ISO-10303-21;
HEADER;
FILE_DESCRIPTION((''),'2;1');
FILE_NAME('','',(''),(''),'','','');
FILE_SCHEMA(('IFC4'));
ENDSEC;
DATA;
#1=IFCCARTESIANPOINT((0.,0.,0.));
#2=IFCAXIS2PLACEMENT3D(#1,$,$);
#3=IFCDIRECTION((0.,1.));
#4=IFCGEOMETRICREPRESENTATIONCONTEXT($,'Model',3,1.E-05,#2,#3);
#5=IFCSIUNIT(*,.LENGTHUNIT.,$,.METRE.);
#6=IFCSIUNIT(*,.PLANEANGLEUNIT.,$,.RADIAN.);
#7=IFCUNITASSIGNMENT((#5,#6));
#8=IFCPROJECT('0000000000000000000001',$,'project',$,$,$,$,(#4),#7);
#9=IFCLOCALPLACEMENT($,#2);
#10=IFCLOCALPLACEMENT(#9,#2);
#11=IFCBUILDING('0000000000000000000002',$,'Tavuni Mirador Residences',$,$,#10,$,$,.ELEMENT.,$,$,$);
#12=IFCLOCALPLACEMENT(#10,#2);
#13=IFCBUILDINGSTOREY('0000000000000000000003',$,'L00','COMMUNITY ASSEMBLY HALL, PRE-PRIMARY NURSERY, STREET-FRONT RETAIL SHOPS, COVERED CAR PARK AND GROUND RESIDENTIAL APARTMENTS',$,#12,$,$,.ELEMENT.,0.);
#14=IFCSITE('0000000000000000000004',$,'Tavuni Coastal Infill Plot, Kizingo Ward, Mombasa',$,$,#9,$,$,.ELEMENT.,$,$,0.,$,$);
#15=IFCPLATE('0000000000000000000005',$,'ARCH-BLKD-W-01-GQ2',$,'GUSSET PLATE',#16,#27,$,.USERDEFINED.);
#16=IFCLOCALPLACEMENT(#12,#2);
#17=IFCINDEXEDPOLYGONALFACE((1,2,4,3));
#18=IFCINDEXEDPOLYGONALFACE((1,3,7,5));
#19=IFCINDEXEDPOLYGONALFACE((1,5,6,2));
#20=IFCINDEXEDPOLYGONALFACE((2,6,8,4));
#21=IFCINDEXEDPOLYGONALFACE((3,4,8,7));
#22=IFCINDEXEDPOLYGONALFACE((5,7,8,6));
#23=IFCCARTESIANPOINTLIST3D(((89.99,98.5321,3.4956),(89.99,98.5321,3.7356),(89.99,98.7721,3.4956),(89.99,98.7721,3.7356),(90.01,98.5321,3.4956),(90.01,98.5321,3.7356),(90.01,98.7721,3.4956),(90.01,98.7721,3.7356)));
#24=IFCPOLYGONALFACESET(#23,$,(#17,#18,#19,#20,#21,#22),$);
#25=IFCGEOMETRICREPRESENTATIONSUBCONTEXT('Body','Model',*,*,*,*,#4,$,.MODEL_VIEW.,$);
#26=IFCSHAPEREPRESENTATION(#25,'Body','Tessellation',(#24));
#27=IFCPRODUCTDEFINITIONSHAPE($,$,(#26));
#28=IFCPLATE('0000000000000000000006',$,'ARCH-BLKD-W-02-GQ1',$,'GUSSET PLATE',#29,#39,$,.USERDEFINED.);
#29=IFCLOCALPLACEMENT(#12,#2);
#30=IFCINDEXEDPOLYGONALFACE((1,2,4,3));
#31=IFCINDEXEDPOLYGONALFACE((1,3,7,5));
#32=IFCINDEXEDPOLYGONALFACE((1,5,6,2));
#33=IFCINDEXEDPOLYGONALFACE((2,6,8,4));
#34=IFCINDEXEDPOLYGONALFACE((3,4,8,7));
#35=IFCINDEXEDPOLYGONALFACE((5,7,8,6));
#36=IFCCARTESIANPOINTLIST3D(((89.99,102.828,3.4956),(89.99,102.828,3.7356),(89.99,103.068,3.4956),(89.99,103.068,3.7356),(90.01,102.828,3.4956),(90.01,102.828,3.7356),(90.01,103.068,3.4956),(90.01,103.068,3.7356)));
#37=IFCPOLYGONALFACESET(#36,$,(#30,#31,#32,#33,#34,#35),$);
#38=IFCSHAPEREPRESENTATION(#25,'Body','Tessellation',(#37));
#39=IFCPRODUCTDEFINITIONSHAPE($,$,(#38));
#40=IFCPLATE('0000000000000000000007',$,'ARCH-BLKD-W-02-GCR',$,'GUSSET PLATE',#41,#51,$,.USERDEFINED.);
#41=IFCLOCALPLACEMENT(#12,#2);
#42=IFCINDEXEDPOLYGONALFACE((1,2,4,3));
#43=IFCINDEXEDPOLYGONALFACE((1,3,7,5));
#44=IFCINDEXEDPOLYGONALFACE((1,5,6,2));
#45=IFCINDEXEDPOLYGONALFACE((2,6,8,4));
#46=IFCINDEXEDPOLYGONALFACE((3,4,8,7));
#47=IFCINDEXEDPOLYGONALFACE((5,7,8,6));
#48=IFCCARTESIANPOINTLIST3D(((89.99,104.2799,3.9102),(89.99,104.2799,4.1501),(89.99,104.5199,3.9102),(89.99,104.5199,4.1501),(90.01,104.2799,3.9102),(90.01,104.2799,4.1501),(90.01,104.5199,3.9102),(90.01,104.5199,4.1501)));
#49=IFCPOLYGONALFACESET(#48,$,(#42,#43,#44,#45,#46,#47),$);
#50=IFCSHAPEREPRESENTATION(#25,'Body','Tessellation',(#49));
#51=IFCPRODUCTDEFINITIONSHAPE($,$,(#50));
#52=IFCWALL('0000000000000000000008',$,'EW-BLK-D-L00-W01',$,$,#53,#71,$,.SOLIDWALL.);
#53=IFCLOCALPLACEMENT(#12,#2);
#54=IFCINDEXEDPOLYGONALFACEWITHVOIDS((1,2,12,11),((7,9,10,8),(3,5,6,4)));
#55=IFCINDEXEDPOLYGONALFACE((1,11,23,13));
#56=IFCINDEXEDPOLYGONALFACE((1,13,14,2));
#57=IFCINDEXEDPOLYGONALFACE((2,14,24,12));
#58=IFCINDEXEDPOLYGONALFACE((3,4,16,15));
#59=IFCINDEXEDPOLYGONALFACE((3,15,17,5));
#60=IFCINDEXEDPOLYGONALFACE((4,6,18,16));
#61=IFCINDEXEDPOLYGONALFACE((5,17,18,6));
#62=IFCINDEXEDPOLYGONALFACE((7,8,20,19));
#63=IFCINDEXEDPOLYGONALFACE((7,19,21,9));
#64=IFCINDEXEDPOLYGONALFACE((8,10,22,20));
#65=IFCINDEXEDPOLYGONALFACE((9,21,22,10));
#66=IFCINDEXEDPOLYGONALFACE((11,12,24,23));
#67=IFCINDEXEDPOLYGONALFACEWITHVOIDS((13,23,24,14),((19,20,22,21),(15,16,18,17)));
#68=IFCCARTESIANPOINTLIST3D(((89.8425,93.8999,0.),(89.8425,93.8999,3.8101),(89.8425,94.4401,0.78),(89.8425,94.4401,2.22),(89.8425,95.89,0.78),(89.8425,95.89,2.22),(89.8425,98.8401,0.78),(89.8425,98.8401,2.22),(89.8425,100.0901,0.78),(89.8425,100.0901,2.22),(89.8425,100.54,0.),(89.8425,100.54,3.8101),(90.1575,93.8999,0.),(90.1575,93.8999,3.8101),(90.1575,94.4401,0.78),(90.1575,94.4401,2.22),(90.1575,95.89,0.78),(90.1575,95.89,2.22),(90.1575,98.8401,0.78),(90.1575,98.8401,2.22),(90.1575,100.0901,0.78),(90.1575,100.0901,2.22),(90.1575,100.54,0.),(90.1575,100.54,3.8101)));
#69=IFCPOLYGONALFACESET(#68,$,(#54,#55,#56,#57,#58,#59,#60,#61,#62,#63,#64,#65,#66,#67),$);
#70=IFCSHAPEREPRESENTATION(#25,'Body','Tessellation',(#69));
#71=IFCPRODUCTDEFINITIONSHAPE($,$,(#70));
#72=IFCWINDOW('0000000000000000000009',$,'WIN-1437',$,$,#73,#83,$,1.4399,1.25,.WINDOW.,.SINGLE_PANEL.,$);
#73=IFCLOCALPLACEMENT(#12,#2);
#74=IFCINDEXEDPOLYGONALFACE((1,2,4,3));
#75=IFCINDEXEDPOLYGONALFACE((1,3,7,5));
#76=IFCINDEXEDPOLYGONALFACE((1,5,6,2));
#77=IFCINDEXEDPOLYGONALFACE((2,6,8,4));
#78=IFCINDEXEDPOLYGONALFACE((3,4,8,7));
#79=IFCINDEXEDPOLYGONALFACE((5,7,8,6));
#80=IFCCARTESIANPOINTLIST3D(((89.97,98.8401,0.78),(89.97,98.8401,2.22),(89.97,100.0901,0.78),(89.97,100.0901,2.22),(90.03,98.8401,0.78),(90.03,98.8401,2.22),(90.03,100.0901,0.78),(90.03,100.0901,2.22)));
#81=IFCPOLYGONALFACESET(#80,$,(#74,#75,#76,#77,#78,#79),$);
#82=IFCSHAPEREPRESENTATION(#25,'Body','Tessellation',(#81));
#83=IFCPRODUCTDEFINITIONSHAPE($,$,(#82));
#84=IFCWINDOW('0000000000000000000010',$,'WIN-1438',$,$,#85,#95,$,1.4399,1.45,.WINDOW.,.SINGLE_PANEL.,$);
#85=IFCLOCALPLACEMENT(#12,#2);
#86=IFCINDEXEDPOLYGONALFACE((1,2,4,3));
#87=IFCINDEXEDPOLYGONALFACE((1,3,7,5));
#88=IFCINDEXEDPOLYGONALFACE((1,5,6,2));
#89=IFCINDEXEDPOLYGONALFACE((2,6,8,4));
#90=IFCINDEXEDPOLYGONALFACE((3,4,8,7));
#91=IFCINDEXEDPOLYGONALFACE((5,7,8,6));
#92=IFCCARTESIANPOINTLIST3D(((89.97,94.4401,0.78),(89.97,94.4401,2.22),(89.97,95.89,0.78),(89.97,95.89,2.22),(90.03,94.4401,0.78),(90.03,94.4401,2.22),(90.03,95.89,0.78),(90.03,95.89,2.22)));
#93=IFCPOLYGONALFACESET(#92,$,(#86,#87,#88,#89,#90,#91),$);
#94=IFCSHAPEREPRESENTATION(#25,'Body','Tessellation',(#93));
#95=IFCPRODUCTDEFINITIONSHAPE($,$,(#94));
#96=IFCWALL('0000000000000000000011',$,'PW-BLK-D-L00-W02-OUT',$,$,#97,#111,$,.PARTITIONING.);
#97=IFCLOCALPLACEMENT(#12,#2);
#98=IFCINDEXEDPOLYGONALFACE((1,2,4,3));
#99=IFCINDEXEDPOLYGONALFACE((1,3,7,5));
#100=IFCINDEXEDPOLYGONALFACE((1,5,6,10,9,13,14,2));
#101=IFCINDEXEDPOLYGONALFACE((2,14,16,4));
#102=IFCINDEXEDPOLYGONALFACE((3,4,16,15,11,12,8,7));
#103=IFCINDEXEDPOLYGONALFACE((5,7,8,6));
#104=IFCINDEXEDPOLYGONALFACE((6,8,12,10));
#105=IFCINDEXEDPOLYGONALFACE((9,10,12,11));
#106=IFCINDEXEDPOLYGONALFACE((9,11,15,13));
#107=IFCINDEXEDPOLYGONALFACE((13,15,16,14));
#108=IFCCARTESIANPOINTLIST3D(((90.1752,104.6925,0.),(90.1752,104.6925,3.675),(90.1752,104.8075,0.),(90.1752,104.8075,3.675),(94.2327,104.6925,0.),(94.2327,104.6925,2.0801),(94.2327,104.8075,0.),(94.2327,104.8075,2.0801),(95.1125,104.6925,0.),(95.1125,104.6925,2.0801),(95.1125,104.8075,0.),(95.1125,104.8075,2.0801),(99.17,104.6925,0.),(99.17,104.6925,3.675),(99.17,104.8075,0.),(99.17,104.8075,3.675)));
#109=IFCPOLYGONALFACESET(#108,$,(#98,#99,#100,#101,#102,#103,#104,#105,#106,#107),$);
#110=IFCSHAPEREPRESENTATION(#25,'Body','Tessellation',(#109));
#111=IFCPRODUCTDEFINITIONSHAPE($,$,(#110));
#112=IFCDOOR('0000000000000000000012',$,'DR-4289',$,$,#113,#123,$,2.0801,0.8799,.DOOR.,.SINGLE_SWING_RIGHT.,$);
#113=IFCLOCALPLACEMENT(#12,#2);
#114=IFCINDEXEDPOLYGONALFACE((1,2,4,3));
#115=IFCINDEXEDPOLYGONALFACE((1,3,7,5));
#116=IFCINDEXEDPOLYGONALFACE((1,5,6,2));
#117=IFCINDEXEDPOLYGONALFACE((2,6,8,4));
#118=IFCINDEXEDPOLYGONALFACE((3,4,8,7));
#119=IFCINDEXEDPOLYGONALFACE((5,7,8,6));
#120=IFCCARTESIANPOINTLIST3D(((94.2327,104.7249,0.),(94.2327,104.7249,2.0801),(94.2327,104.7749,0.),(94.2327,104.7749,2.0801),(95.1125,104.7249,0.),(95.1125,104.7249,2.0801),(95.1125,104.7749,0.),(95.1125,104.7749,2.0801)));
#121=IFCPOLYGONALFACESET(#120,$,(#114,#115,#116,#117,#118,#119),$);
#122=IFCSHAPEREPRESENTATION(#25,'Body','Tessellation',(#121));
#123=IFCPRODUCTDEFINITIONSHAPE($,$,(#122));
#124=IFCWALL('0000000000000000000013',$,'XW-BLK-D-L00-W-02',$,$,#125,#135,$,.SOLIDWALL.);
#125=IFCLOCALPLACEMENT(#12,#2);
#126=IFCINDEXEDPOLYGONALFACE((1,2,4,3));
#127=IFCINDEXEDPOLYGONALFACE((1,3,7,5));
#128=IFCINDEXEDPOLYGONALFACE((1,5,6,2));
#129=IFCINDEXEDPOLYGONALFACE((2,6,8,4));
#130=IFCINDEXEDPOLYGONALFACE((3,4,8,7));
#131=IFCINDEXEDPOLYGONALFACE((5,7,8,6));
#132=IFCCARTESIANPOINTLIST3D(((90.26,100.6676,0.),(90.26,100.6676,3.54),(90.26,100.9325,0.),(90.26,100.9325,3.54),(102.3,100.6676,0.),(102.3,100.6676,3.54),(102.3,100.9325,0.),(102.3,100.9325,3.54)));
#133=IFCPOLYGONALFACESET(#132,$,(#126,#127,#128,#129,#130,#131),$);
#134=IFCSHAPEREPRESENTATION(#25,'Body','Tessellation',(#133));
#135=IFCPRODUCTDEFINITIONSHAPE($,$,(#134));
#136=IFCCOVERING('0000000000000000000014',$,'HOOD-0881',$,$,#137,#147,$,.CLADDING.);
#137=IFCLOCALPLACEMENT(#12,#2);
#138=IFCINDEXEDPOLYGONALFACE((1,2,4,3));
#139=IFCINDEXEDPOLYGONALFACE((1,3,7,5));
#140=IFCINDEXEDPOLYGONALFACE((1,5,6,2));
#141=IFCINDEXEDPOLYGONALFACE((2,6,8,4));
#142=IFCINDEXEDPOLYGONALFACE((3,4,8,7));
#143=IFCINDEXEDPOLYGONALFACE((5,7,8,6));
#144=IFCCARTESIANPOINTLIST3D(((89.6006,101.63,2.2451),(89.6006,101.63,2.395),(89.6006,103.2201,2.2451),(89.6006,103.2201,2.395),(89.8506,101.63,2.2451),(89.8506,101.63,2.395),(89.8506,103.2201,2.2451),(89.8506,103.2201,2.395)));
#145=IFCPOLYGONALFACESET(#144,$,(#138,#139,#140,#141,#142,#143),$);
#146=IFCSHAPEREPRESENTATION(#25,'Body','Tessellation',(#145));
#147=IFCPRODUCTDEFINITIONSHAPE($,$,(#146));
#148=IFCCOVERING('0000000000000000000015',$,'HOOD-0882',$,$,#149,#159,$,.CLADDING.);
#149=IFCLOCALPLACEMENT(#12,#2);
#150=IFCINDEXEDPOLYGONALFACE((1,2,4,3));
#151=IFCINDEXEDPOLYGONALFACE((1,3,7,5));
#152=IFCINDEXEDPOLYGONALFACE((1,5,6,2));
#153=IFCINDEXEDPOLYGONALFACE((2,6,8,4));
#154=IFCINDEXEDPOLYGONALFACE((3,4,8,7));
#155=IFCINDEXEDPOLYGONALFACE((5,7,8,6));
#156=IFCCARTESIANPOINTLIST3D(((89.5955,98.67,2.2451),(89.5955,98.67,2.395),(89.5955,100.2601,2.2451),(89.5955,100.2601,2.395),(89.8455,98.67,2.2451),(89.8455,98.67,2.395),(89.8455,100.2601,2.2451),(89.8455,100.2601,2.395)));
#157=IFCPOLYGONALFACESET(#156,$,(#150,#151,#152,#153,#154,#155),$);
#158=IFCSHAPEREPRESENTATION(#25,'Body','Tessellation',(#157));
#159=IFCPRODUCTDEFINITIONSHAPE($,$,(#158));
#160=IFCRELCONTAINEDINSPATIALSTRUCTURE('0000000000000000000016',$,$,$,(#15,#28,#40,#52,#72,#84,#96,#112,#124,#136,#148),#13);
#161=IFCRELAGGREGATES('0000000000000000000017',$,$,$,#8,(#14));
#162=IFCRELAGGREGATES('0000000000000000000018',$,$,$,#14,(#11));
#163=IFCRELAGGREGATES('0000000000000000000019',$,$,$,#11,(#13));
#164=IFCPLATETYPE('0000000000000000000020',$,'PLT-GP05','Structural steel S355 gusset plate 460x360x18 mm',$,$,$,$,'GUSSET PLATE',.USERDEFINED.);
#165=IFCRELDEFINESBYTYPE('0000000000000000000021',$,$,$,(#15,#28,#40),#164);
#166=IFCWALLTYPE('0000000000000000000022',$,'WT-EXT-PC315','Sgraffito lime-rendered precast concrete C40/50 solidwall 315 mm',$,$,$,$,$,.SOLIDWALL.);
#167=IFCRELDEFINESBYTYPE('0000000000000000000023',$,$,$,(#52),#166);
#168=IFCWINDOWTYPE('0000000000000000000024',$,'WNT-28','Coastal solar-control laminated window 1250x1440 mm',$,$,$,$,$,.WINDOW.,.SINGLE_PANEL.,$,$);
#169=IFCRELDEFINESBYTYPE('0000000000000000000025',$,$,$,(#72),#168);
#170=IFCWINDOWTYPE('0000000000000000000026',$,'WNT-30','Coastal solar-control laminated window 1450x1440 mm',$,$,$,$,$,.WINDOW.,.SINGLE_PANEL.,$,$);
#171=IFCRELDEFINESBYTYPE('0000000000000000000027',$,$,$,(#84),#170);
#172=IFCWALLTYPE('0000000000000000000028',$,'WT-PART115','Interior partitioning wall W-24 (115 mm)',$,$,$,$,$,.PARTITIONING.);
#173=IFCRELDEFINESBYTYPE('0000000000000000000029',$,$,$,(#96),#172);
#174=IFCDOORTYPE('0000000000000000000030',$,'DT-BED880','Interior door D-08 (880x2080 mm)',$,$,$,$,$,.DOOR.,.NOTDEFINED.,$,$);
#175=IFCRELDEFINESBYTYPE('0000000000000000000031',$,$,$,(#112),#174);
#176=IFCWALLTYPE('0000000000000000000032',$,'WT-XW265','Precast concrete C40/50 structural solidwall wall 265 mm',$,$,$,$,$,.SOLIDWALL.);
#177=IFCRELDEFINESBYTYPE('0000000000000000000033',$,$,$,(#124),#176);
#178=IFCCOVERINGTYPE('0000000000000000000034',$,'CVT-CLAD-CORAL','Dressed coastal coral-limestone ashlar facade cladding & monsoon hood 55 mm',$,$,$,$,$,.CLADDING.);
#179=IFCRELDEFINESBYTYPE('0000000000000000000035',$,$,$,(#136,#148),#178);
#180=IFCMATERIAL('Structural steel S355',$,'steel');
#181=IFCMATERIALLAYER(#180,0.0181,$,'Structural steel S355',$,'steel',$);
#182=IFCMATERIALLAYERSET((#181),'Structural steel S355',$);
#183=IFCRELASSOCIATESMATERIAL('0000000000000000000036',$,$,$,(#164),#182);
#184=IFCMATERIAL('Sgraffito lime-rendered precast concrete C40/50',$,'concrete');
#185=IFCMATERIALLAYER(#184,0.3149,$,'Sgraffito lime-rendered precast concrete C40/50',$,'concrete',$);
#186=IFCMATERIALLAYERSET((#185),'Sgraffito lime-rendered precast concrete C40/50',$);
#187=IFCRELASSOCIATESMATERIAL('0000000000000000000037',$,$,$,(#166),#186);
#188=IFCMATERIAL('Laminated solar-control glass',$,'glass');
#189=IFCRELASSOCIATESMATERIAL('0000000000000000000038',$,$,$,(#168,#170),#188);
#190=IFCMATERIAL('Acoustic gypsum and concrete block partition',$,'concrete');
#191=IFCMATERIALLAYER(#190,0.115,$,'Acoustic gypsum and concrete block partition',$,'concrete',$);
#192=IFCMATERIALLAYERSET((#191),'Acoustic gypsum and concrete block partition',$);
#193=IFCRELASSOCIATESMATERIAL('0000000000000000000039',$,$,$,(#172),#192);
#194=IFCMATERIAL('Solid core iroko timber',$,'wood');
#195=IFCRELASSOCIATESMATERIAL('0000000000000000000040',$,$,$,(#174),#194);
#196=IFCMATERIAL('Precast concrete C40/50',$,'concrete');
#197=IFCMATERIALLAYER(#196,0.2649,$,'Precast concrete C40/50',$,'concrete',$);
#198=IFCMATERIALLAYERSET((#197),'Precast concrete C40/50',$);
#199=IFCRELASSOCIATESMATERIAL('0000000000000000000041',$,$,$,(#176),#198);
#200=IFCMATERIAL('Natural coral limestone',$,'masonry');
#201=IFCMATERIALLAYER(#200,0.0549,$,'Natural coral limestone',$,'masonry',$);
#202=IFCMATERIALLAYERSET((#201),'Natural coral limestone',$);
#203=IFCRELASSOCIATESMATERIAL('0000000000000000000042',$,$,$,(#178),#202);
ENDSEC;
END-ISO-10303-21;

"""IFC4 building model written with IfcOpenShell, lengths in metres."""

from ifc_helpers import new_model, si_unit, direction, frame, frame_2d, origin, origin_2d, place, context, subcontext, project, spatial, rectangle, extrude, material, layer, layer_set, type_object, element, fill, save


model = new_model("IFC4")

# Units and contexts
model_context = context("Model", 3, precision=1e-05, world=origin(), true_north=direction((0.0, 1.0)))
body_context = subcontext(model_context, "Body", "Model", "MODEL_VIEW")
ifc_project = project(units=[si_unit("LENGTHUNIT", "METRE"), si_unit("PLANEANGLEUNIT", "RADIAN")], contexts=[model_context])

# Site, building, storey
site_placement = place(None, origin())
site = spatial("IfcSite", under=ifc_project, at=site_placement, Name="Tavuni Coastal Infill Plot, Kizingo Ward, Mombasa", CompositionType="ELEMENT", RefElevation=0.0)
building_placement = place(site_placement, origin())
building = spatial("IfcBuilding", under=site, at=building_placement, Name="Tavuni Mirador Residences", CompositionType="ELEMENT")
storey_placement = place(building_placement, origin())
storey = spatial("IfcBuildingStorey", under=building, at=storey_placement, Name="L00", Description="COMMUNITY ASSEMBLY HALL, PRE-PRIMARY NURSERY, STREET-FRONT RETAIL SHOPS, COVERED CAR PARK AND GROUND RESIDENTIAL APARTMENTS", CompositionType="ELEMENT", Elevation=0.0)

# Shared definitions
ifc_material_1 = material(Name="Precast concrete C40/50", Category="concrete")

# Shared definitions
ifc_material_2 = material(Name="Structural steel S355", Category="steel")

# Plates
ifc_layer_1 = layer(ifc_material_2, 0.0181, Name="Structural steel S355", Category="steel")
ifc_layer_set_1 = layer_set([ifc_layer_1], Name="Structural steel S355")
plate_type = type_object("IfcPlateType", Name="PLT-GP05", Description="Structural steel S355 gusset plate 460x360x18 mm", ElementType="GUSSET PLATE", PredefinedType="USERDEFINED", material=ifc_layer_set_1)
for number, where, z_axis, x_axis, name in (
    (1, (90.0, 98.6521, 3.4956), (0.0, 0.0, 1.0), (1.0, 0.0, 0.0), "ARCH-BLKD-W-01-GQ2"),
    (2, (90.0, 102.948, 3.4956), (0.0, 0.0, 1.0), (1.0, 0.0, 0.0), "ARCH-BLKD-W-02-GQ1"),
    (3, (90.0, 104.3999, 3.9102), (0.0, 0.0, 1.0), (1.0, 0.0, 0.0), "ARCH-BLKD-W-02-GCR"),
):
    element("IfcPlate", number, at=place(storey_placement, frame(where, z_axis=z_axis, x_axis=x_axis)), inside=storey, type_object=plate_type, Name=name, ObjectType="GUSSET PLATE", PredefinedType="USERDEFINED", context=body_context, shape_type="SweptSolid", body=[
        extrude(rectangle(XDim=0.02, YDim=0.24, at=origin_2d()), origin(), (0.0, 0.0, 1.0), 0.24),
    ])

# Wall, openings, windows
ifc_material_3 = material(Name="Sgraffito lime-rendered precast concrete C40/50", Category="concrete")
ifc_layer_2 = layer(ifc_material_3, 0.3149, Name="Sgraffito lime-rendered precast concrete C40/50", Category="concrete")
ifc_layer_set_2 = layer_set([ifc_layer_2], Name="Sgraffito lime-rendered precast concrete C40/50")
wall_type_1 = type_object("IfcWallType", Name="WT-EXT-PC315", Description="Sgraffito lime-rendered precast concrete C40/50 solidwall 315 mm", PredefinedType="SOLIDWALL", material=ifc_layer_set_2)
wall_1_placement = place(storey_placement, frame((90.0, 100.54, 0.0), z_axis=(0.0, 0.0, 1.0), x_axis=(0.0, -1.0, 0.0)))
wall_1 = element("IfcWall", 4, at=wall_1_placement, inside=storey, type_object=wall_type_1, Name="EW-BLK-D-L00-W01", PredefinedType="SOLIDWALL", context=body_context, shape_type="SweptSolid", body=[
    extrude(rectangle(XDim=6.6401, YDim=0.3149, at=frame_2d((3.3201, 0.0))), origin(), (0.0, 0.0, 1.0), 3.8101),
])
opening_1_placement = place(wall_1_placement, frame((0.45, 0.0, 0.78)))
opening_1 = element("IfcOpeningElement", 5, at=opening_1_placement, cuts=wall_1, PredefinedType="OPENING", context=body_context, shape_type="SweptSolid", body=[
    extrude(rectangle(XDim=1.25, YDim=1.4399, at=frame_2d((0.625, 0.72))), frame((0.0, 0.1675, 0.0), z_axis=(0.0, -1.0, 0.0), x_axis=(1.0, 0.0, 0.0)), (0.0, 0.0, 1.0), 0.335),
])
opening_2_placement = place(wall_1_placement, frame((4.6499, 0.0, 0.78)))
opening_2 = element("IfcOpeningElement", 6, at=opening_2_placement, cuts=wall_1, PredefinedType="OPENING", context=body_context, shape_type="SweptSolid", body=[
    extrude(rectangle(XDim=1.45, YDim=1.4399, at=frame_2d((0.7251, 0.72))), frame((0.0, 0.1675, 0.0), z_axis=(0.0, -1.0, 0.0), x_axis=(1.0, 0.0, 0.0)), (0.0, 0.0, 1.0), 0.335),
])
ifc_material_4 = material(Name="Laminated solar-control glass", Category="glass")
window_type_1 = type_object("IfcWindowType", Name="WNT-28", Description="Coastal solar-control laminated window 1250x1440 mm", PartitioningType="SINGLE_PANEL", PredefinedType="WINDOW", material=ifc_material_4)
window_1_placement = place(opening_1_placement, origin())
window_1 = element("IfcWindow", 7, at=window_1_placement, inside=storey, type_object=window_type_1, Name="WIN-1437", OverallHeight=1.4399, OverallWidth=1.25, PartitioningType="SINGLE_PANEL", PredefinedType="WINDOW", context=body_context, shape_type="SweptSolid", body=[
    extrude(rectangle(XDim=1.25, YDim=1.4399, at=frame_2d((0.625, 0.72))), frame((0.0, 0.03, 0.0), z_axis=(0.0, -1.0, 0.0), x_axis=(1.0, 0.0, 0.0)), (0.0, 0.0, 1.0), 0.0601),
])
fill(opening_1, window_1)
window_type_2 = type_object("IfcWindowType", Name="WNT-30", Description="Coastal solar-control laminated window 1450x1440 mm", PartitioningType="SINGLE_PANEL", PredefinedType="WINDOW", material=ifc_material_4)
window_2_placement = place(opening_2_placement, origin())
window_2 = element("IfcWindow", 8, at=window_2_placement, inside=storey, type_object=window_type_2, Name="WIN-1438", OverallHeight=1.4399, OverallWidth=1.45, PartitioningType="SINGLE_PANEL", PredefinedType="WINDOW", context=body_context, shape_type="SweptSolid", body=[
    extrude(rectangle(XDim=1.45, YDim=1.4399, at=frame_2d((0.7251, 0.72))), frame((0.0, 0.03, 0.0), z_axis=(0.0, -1.0, 0.0), x_axis=(1.0, 0.0, 0.0)), (0.0, 0.0, 1.0), 0.0601),
])
fill(opening_2, window_2)

# Wall, opening, door
ifc_material_5 = material(Name="Acoustic gypsum and concrete block partition", Category="concrete")
ifc_layer_3 = layer(ifc_material_5, 0.115, Name="Acoustic gypsum and concrete block partition", Category="concrete")
ifc_layer_set_3 = layer_set([ifc_layer_3], Name="Acoustic gypsum and concrete block partition")
wall_type_2 = type_object("IfcWallType", Name="WT-PART115", Description="Interior partitioning wall W-24 (115 mm)", PredefinedType="PARTITIONING", material=ifc_layer_set_3)
wall_2_placement = place(storey_placement, frame((90.175, 104.75, 0.0), z_axis=(0.0, 0.0, 1.0), x_axis=(1.0, 0.0, 0.0)))
wall_2 = element("IfcWall", 9, at=wall_2_placement, inside=storey, type_object=wall_type_2, Name="PW-BLK-D-L00-W02-OUT", PredefinedType="PARTITIONING", context=body_context, shape_type="SweptSolid", body=[
    extrude(rectangle(XDim=8.9949, YDim=0.115, at=frame_2d((4.4976, 0.0))), origin(), (0.0, 0.0, 1.0), 3.675),
])
opening_3_placement = place(wall_2_placement, frame((4.0576, 0.0, 0.0)))
opening_3 = element("IfcOpeningElement", 10, at=opening_3_placement, cuts=wall_2, PredefinedType="OPENING", context=body_context, shape_type="SweptSolid", body=[
    extrude(rectangle(XDim=0.8799, YDim=2.0801, at=frame_2d((0.4399, 1.04))), frame((0.0, 0.0674, 0.0), z_axis=(0.0, -1.0, 0.0), x_axis=(1.0, 0.0, 0.0)), (0.0, 0.0, 1.0), 0.135),
])
ifc_material_6 = material(Name="Solid core iroko timber", Category="wood")
door_type = type_object("IfcDoorType", Name="DT-BED880", Description="Interior door D-08 (880x2080 mm)", OperationType="NOTDEFINED", PredefinedType="DOOR", material=ifc_material_6)
door_placement = place(opening_3_placement, origin())
door = element("IfcDoor", 11, at=door_placement, inside=storey, type_object=door_type, Name="DR-4289", OperationType="SINGLE_SWING_RIGHT", OverallHeight=2.0801, OverallWidth=0.8799, PredefinedType="DOOR", context=body_context, shape_type="SweptSolid", body=[
    extrude(rectangle(XDim=0.8799, YDim=2.0801, at=frame_2d((0.4399, 1.04))), frame((0.0, 0.0249, 0.0), z_axis=(0.0, -1.0, 0.0), x_axis=(1.0, 0.0, 0.0)), (0.0, 0.0, 1.0), 0.05),
])
fill(opening_3, door)

# Wall
ifc_layer_4 = layer(ifc_material_1, 0.2649, Name="Precast concrete C40/50", Category="concrete")
ifc_layer_set_4 = layer_set([ifc_layer_4], Name="Precast concrete C40/50")
wall_type_3 = type_object("IfcWallType", Name="WT-XW265", Description="Precast concrete C40/50 structural solidwall wall 265 mm", PredefinedType="SOLIDWALL", material=ifc_layer_set_4)
wall_3_placement = place(storey_placement, frame((90.26, 100.8, 0.0), z_axis=(0.0, 0.0, 1.0), x_axis=(1.0, 0.0, 0.0)))
element("IfcWall", 12, at=wall_3_placement, inside=storey, type_object=wall_type_3, Name="XW-BLK-D-L00-W-02", PredefinedType="SOLIDWALL", context=body_context, shape_type="SweptSolid", body=[
    extrude(rectangle(XDim=12.04, YDim=0.2649, at=frame_2d((6.02, 0.0))), origin(), (0.0, 0.0, 1.0), 3.54),
])

# Coverings
ifc_material_7 = material(Name="Natural coral limestone", Category="masonry")
ifc_layer_5 = layer(ifc_material_7, 0.0549, Name="Natural coral limestone", Category="masonry")
ifc_layer_set_5 = layer_set([ifc_layer_5], Name="Natural coral limestone")
covering_type = type_object("IfcCoveringType", Name="CVT-CLAD-CORAL", Description="Dressed coastal coral-limestone ashlar facade cladding & monsoon hood 55 mm", PredefinedType="CLADDING", material=ifc_layer_set_5)
for number, where, z_axis, x_axis, name in (
    (13, (89.7256, 102.425, 2.2451), (0.0, 0.0, 1.0), (0.0, -1.0, 0.0), "HOOD-0881"),
    (14, (89.7205, 99.4651, 2.2451), (0.0, 0.0, 1.0), (0.0, -1.0, 0.0), "HOOD-0882"),
):
    element("IfcCovering", number, at=place(storey_placement, frame(where, z_axis=z_axis, x_axis=x_axis)), inside=storey, type_object=covering_type, Name=name, PredefinedType="CLADDING", context=body_context, shape_type="SweptSolid", body=[
        extrude(rectangle(XDim=1.5901, YDim=0.25, at=origin_2d()), origin(), (0.0, 0.0, 1.0), 0.1499),
    ])

save(model, "model.ifc")
